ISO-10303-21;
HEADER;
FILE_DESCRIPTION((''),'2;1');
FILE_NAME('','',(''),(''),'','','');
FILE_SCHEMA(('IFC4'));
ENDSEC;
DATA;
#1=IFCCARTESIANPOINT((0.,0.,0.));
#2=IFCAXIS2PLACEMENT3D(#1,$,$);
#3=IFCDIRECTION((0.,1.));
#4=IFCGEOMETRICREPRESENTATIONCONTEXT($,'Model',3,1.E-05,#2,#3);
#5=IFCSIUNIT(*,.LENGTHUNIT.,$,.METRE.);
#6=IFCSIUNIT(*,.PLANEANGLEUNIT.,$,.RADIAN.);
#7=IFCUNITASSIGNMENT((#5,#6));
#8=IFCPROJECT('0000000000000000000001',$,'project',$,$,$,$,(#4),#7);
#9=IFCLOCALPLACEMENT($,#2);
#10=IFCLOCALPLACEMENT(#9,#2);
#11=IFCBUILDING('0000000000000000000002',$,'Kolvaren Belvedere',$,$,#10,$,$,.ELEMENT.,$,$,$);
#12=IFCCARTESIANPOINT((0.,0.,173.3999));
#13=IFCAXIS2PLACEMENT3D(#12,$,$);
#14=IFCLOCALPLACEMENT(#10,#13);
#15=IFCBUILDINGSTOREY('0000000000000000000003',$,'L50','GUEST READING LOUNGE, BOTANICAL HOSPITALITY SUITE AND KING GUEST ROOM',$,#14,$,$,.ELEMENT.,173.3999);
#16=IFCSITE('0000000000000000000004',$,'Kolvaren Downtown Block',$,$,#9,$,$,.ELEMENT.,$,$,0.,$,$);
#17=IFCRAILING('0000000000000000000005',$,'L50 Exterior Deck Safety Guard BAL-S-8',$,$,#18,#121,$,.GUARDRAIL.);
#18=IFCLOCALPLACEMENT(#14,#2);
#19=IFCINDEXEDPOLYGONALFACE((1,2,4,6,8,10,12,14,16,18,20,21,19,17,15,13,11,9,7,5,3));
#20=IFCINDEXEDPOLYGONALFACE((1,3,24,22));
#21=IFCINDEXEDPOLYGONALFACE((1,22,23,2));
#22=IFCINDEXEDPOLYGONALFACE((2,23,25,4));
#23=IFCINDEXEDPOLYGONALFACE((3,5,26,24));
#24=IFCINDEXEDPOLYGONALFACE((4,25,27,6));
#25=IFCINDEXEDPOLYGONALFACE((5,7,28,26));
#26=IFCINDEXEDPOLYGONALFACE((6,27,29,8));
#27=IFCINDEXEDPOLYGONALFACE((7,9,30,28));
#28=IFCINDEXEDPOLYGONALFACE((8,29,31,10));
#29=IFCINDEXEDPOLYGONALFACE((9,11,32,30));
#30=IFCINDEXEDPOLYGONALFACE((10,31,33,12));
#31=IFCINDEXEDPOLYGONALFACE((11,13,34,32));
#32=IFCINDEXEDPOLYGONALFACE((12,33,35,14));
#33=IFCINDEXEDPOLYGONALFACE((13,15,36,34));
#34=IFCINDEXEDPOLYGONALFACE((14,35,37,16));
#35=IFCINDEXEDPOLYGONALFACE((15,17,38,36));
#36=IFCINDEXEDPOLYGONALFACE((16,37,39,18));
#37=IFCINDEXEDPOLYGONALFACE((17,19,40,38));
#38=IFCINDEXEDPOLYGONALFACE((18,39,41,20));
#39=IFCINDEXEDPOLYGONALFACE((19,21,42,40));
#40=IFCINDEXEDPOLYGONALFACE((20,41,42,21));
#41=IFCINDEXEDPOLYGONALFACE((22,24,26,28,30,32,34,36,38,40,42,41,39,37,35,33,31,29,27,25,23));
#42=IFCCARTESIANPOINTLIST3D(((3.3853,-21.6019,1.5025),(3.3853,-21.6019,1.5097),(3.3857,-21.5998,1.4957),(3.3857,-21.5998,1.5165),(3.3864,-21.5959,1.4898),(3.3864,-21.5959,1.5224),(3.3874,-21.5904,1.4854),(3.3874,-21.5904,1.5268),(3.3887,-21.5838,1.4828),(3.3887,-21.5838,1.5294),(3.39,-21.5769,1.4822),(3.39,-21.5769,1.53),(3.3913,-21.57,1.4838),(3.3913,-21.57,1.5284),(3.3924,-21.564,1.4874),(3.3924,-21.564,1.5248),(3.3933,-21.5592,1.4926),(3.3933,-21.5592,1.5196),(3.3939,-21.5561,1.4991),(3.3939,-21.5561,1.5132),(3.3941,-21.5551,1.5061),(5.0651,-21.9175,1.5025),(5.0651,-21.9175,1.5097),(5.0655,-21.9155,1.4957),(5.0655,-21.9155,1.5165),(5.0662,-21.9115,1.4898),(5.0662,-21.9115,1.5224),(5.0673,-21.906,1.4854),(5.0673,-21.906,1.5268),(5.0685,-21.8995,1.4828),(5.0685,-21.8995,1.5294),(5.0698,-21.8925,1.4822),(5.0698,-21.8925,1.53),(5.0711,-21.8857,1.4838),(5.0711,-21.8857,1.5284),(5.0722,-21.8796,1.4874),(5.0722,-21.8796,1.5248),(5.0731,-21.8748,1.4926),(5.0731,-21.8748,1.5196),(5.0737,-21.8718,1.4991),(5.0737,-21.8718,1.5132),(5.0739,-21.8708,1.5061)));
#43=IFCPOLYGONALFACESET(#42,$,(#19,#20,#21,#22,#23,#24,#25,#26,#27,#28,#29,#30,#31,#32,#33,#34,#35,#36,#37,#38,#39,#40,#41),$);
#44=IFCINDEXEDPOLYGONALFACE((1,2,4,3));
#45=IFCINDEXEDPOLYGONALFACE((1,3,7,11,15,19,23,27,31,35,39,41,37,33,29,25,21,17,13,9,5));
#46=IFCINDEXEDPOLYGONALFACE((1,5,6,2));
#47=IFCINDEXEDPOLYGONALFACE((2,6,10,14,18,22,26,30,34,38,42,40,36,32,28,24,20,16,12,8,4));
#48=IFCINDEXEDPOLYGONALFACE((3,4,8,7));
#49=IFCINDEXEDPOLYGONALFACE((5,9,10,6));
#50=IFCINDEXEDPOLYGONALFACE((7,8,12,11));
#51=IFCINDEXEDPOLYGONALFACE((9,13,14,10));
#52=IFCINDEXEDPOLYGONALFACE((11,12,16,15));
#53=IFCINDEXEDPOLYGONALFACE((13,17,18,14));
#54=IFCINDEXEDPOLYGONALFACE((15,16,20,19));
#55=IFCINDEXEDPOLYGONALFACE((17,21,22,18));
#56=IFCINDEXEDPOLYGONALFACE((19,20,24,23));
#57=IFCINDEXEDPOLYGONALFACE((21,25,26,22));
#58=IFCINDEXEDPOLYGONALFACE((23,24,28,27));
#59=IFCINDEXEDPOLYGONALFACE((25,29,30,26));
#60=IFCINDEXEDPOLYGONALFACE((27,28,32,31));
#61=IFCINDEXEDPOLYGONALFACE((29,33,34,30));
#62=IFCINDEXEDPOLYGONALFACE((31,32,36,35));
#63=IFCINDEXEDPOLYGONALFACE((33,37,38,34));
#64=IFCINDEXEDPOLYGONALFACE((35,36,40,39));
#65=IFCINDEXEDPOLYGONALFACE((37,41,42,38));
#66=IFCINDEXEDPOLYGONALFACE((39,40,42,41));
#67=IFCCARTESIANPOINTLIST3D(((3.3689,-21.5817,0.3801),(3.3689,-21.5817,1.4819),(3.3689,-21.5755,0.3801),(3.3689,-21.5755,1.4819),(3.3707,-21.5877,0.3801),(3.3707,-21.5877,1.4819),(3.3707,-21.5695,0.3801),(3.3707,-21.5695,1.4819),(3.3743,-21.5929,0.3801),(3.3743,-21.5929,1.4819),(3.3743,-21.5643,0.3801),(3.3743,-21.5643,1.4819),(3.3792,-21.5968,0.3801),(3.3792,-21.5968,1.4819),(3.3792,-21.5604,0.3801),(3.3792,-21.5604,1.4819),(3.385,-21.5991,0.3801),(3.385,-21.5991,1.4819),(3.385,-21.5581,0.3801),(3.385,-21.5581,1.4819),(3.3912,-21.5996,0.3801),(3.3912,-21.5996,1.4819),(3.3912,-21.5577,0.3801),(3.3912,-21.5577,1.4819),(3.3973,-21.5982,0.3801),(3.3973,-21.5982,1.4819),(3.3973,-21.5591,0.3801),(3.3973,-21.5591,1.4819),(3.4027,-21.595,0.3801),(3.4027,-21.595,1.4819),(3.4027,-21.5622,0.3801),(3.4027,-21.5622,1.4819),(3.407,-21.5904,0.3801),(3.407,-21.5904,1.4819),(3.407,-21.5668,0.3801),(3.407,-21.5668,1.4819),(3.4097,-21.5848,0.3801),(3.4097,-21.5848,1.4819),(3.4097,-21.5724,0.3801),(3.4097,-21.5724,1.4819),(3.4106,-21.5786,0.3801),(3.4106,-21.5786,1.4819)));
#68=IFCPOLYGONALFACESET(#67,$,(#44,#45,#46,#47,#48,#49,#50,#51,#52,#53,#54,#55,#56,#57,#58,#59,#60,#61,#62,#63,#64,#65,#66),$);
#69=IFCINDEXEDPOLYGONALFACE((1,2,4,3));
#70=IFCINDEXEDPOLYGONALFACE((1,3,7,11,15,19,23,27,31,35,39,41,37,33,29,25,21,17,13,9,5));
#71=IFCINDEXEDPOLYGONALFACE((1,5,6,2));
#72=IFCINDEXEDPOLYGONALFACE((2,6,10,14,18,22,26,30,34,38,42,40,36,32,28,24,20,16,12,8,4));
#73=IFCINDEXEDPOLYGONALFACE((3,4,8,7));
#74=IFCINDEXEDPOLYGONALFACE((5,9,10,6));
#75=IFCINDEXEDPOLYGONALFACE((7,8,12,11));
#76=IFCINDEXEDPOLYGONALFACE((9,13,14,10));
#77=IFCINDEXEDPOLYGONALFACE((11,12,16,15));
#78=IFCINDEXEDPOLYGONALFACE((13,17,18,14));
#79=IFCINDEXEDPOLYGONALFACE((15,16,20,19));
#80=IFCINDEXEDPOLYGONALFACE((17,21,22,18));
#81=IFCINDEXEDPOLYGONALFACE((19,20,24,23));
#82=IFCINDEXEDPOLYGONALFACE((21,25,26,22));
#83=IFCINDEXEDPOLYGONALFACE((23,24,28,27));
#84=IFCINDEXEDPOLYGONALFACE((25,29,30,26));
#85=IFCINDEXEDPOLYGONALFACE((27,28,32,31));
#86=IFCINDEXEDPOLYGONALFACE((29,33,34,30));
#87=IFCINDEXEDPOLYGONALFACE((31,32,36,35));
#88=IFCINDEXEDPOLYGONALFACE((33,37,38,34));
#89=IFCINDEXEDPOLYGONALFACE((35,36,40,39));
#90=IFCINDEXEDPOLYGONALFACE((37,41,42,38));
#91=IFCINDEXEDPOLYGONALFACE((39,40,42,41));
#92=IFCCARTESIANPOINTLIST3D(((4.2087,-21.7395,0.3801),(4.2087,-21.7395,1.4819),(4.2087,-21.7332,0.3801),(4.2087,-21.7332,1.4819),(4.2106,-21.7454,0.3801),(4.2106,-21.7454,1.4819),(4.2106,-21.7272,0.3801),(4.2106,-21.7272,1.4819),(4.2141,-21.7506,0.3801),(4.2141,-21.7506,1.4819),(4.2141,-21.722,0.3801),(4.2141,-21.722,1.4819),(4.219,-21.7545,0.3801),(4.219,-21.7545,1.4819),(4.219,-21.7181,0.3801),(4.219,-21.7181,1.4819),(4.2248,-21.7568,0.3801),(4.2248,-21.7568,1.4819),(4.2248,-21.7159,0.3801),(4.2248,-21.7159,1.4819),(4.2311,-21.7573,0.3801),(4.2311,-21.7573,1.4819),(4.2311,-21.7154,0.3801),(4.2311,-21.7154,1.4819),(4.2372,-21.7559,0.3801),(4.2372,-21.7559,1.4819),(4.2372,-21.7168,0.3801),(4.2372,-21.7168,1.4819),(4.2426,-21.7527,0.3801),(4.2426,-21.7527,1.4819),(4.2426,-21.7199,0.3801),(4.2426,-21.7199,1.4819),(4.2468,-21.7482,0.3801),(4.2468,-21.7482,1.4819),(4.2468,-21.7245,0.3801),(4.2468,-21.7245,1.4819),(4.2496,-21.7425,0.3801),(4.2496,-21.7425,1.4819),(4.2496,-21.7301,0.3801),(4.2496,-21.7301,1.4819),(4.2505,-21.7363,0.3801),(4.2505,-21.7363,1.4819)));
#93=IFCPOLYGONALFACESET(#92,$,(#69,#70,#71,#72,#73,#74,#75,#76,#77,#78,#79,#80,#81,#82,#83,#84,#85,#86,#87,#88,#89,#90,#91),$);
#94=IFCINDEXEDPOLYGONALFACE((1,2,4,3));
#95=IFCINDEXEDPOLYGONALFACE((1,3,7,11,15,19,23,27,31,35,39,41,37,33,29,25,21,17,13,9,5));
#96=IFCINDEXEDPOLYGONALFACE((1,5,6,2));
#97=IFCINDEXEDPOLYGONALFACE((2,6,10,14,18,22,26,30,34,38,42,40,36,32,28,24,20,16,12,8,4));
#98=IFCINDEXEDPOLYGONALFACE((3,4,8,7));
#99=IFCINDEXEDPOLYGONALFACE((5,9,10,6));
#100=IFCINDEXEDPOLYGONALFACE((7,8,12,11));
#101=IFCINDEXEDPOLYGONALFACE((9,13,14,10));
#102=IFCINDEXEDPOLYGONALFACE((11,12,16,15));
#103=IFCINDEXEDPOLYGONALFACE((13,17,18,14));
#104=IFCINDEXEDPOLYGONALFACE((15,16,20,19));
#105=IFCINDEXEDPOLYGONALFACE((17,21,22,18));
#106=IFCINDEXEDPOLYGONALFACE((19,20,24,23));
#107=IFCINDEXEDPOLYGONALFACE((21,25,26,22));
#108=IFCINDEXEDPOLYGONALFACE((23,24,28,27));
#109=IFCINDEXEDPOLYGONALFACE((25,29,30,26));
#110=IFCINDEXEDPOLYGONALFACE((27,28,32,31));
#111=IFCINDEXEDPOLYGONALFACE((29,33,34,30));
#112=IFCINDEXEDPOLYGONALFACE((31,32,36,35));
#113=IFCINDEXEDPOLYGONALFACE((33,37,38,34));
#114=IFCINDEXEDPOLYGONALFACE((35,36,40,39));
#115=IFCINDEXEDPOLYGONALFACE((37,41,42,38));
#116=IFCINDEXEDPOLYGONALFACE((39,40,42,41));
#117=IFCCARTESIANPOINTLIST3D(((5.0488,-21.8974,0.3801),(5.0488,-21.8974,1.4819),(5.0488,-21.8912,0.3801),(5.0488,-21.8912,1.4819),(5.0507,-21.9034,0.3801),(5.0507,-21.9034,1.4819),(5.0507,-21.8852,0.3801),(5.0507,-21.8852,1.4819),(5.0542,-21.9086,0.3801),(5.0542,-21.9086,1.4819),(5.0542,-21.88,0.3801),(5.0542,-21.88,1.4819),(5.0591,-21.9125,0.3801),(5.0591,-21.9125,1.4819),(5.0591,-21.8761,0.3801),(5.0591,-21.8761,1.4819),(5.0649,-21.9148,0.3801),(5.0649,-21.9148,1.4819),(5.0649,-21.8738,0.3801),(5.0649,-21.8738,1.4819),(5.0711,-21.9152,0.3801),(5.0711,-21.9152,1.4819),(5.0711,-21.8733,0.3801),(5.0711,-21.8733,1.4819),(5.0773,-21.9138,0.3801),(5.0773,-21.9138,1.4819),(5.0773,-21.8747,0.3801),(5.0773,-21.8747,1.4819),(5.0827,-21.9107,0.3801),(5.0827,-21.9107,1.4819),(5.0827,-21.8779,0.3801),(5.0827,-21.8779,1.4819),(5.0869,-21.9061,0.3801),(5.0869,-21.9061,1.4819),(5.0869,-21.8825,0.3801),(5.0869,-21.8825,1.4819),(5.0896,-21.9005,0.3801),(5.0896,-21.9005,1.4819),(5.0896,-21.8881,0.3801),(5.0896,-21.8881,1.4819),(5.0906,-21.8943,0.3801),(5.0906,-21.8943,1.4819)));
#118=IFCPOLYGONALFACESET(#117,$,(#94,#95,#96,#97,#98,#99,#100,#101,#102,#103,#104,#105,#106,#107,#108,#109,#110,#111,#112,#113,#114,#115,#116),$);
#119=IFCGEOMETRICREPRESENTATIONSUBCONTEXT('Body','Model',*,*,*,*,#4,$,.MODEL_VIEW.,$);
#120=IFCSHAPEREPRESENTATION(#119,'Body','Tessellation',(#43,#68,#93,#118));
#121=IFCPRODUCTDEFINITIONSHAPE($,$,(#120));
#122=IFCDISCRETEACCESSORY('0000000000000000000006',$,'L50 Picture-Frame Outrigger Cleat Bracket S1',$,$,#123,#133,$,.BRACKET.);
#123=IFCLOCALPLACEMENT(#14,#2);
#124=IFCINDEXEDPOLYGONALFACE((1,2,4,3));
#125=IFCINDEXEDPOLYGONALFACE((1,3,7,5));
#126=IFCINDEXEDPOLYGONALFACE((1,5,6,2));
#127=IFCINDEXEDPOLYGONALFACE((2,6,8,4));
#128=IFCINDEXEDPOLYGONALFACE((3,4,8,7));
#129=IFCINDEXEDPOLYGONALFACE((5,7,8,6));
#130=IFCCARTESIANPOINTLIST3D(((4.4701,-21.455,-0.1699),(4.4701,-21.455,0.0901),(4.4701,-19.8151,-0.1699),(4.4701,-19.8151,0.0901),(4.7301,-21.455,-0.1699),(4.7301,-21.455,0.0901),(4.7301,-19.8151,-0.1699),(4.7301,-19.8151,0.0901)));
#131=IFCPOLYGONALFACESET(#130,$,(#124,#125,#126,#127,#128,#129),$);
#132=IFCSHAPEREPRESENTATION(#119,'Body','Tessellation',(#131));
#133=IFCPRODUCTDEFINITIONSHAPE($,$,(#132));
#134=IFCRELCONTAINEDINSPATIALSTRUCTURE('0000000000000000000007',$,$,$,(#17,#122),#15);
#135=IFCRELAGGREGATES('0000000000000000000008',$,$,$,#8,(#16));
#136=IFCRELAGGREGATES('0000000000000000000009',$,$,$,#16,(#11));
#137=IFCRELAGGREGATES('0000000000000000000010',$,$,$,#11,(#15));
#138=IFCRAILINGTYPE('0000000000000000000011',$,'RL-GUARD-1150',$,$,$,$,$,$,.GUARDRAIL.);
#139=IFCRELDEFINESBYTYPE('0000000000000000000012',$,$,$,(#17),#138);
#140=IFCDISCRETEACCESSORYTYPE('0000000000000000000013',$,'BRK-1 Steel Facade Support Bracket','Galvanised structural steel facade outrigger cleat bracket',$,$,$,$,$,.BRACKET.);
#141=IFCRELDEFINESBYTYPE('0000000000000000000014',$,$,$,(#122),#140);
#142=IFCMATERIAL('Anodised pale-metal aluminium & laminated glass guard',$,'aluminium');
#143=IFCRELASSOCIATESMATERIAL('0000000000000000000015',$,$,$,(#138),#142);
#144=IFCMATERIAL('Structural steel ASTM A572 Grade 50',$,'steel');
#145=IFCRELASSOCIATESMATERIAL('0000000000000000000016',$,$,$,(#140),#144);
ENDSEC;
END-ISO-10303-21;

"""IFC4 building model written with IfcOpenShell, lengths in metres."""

from ifc_helpers import new_model, si_unit, direction, frame, origin, origin_2d, place, context, subcontext, project, spatial, rectangle, circle, extrude, material, type_object, element, save


model = new_model("IFC4")

# Units and contexts
model_context = context("Model", 3, precision=1e-05, world=origin(), true_north=direction((0.0, 1.0)))
body_context = subcontext(model_context, "Body", "Model", "MODEL_VIEW")
ifc_project = project(units=[si_unit("LENGTHUNIT", "METRE"), si_unit("PLANEANGLEUNIT", "RADIAN")], contexts=[model_context])

# Site, building, storey
site_placement = place(None, origin())
site = spatial("IfcSite", under=ifc_project, at=site_placement, Name="Kolvaren Downtown Block", CompositionType="ELEMENT", RefElevation=0.0)
building_placement = place(site_placement, origin())
building = spatial("IfcBuilding", under=site, at=building_placement, Name="Kolvaren Belvedere", CompositionType="ELEMENT")
storey_placement = place(building_placement, frame((0.0, 0.0, 173.3999)))
storey = spatial("IfcBuildingStorey", under=building, at=storey_placement, Name="L50", Description="GUEST READING LOUNGE, BOTANICAL HOSPITALITY SUITE AND KING GUEST ROOM", CompositionType="ELEMENT", Elevation=173.3999)

# Railing
ifc_material_1 = material(Name="Anodised pale-metal aluminium & laminated glass guard", Category="aluminium")
railing_type = type_object("IfcRailingType", Name="RL-GUARD-1150", PredefinedType="GUARDRAIL", material=ifc_material_1)
railing_1_placement = place(storey_placement, frame((3.3896, -21.5786, 0.3801)))
element("IfcRailing", 1, at=railing_1_placement, inside=storey, type_object=railing_type, Name="L50 Exterior Deck Safety Guard BAL-S-8", PredefinedType="GUARDRAIL", context=body_context, shape_type="SweptSolid", body=[
    extrude(circle(Radius=0.0239, at=origin_2d()), frame((0.0, 0.0, 1.126), z_axis=(0.982799, -0.184677, 0.0), x_axis=(0.184677, 0.982799, 0.0)), (0.0, 0.0, 1.0), 1.7092),
    extrude(circle(Radius=0.021, at=origin_2d()), origin(), (0.0, 0.0, 1.0), 1.1018),
    extrude(circle(Radius=0.021, at=origin_2d()), frame((0.8398, -0.1577, 0.0)), (0.0, 0.0, 1.0), 1.1018),
    extrude(circle(Radius=0.021, at=origin_2d()), frame((1.6799, -0.3157, 0.0)), (0.0, 0.0, 1.0), 1.1018),
])

# Discrete accessory
ifc_material_2 = material(Name="Structural steel ASTM A572 Grade 50", Category="steel")
discrete_accessory_type = type_object("IfcDiscreteAccessoryType", Name="BRK-1 Steel Facade Support Bracket", Description="Galvanised structural steel facade outrigger cleat bracket", PredefinedType="BRACKET", material=ifc_material_2)
discrete_accessory_placement = place(storey_placement, frame((4.6001, -20.635, -0.1699), z_axis=(0.0, 0.0, 1.0), x_axis=(0.0, 1.0, 0.0)))
element("IfcDiscreteAccessory", 2, at=discrete_accessory_placement, inside=storey, type_object=discrete_accessory_type, Name="L50 Picture-Frame Outrigger Cleat Bracket S1", PredefinedType="BRACKET", context=body_context, shape_type="SweptSolid", body=[
    extrude(rectangle(XDim=1.6399, YDim=0.26, at=origin_2d()), origin(), (0.0, 0.0, 1.0), 0.26),
])

save(model, "model.ifc")
